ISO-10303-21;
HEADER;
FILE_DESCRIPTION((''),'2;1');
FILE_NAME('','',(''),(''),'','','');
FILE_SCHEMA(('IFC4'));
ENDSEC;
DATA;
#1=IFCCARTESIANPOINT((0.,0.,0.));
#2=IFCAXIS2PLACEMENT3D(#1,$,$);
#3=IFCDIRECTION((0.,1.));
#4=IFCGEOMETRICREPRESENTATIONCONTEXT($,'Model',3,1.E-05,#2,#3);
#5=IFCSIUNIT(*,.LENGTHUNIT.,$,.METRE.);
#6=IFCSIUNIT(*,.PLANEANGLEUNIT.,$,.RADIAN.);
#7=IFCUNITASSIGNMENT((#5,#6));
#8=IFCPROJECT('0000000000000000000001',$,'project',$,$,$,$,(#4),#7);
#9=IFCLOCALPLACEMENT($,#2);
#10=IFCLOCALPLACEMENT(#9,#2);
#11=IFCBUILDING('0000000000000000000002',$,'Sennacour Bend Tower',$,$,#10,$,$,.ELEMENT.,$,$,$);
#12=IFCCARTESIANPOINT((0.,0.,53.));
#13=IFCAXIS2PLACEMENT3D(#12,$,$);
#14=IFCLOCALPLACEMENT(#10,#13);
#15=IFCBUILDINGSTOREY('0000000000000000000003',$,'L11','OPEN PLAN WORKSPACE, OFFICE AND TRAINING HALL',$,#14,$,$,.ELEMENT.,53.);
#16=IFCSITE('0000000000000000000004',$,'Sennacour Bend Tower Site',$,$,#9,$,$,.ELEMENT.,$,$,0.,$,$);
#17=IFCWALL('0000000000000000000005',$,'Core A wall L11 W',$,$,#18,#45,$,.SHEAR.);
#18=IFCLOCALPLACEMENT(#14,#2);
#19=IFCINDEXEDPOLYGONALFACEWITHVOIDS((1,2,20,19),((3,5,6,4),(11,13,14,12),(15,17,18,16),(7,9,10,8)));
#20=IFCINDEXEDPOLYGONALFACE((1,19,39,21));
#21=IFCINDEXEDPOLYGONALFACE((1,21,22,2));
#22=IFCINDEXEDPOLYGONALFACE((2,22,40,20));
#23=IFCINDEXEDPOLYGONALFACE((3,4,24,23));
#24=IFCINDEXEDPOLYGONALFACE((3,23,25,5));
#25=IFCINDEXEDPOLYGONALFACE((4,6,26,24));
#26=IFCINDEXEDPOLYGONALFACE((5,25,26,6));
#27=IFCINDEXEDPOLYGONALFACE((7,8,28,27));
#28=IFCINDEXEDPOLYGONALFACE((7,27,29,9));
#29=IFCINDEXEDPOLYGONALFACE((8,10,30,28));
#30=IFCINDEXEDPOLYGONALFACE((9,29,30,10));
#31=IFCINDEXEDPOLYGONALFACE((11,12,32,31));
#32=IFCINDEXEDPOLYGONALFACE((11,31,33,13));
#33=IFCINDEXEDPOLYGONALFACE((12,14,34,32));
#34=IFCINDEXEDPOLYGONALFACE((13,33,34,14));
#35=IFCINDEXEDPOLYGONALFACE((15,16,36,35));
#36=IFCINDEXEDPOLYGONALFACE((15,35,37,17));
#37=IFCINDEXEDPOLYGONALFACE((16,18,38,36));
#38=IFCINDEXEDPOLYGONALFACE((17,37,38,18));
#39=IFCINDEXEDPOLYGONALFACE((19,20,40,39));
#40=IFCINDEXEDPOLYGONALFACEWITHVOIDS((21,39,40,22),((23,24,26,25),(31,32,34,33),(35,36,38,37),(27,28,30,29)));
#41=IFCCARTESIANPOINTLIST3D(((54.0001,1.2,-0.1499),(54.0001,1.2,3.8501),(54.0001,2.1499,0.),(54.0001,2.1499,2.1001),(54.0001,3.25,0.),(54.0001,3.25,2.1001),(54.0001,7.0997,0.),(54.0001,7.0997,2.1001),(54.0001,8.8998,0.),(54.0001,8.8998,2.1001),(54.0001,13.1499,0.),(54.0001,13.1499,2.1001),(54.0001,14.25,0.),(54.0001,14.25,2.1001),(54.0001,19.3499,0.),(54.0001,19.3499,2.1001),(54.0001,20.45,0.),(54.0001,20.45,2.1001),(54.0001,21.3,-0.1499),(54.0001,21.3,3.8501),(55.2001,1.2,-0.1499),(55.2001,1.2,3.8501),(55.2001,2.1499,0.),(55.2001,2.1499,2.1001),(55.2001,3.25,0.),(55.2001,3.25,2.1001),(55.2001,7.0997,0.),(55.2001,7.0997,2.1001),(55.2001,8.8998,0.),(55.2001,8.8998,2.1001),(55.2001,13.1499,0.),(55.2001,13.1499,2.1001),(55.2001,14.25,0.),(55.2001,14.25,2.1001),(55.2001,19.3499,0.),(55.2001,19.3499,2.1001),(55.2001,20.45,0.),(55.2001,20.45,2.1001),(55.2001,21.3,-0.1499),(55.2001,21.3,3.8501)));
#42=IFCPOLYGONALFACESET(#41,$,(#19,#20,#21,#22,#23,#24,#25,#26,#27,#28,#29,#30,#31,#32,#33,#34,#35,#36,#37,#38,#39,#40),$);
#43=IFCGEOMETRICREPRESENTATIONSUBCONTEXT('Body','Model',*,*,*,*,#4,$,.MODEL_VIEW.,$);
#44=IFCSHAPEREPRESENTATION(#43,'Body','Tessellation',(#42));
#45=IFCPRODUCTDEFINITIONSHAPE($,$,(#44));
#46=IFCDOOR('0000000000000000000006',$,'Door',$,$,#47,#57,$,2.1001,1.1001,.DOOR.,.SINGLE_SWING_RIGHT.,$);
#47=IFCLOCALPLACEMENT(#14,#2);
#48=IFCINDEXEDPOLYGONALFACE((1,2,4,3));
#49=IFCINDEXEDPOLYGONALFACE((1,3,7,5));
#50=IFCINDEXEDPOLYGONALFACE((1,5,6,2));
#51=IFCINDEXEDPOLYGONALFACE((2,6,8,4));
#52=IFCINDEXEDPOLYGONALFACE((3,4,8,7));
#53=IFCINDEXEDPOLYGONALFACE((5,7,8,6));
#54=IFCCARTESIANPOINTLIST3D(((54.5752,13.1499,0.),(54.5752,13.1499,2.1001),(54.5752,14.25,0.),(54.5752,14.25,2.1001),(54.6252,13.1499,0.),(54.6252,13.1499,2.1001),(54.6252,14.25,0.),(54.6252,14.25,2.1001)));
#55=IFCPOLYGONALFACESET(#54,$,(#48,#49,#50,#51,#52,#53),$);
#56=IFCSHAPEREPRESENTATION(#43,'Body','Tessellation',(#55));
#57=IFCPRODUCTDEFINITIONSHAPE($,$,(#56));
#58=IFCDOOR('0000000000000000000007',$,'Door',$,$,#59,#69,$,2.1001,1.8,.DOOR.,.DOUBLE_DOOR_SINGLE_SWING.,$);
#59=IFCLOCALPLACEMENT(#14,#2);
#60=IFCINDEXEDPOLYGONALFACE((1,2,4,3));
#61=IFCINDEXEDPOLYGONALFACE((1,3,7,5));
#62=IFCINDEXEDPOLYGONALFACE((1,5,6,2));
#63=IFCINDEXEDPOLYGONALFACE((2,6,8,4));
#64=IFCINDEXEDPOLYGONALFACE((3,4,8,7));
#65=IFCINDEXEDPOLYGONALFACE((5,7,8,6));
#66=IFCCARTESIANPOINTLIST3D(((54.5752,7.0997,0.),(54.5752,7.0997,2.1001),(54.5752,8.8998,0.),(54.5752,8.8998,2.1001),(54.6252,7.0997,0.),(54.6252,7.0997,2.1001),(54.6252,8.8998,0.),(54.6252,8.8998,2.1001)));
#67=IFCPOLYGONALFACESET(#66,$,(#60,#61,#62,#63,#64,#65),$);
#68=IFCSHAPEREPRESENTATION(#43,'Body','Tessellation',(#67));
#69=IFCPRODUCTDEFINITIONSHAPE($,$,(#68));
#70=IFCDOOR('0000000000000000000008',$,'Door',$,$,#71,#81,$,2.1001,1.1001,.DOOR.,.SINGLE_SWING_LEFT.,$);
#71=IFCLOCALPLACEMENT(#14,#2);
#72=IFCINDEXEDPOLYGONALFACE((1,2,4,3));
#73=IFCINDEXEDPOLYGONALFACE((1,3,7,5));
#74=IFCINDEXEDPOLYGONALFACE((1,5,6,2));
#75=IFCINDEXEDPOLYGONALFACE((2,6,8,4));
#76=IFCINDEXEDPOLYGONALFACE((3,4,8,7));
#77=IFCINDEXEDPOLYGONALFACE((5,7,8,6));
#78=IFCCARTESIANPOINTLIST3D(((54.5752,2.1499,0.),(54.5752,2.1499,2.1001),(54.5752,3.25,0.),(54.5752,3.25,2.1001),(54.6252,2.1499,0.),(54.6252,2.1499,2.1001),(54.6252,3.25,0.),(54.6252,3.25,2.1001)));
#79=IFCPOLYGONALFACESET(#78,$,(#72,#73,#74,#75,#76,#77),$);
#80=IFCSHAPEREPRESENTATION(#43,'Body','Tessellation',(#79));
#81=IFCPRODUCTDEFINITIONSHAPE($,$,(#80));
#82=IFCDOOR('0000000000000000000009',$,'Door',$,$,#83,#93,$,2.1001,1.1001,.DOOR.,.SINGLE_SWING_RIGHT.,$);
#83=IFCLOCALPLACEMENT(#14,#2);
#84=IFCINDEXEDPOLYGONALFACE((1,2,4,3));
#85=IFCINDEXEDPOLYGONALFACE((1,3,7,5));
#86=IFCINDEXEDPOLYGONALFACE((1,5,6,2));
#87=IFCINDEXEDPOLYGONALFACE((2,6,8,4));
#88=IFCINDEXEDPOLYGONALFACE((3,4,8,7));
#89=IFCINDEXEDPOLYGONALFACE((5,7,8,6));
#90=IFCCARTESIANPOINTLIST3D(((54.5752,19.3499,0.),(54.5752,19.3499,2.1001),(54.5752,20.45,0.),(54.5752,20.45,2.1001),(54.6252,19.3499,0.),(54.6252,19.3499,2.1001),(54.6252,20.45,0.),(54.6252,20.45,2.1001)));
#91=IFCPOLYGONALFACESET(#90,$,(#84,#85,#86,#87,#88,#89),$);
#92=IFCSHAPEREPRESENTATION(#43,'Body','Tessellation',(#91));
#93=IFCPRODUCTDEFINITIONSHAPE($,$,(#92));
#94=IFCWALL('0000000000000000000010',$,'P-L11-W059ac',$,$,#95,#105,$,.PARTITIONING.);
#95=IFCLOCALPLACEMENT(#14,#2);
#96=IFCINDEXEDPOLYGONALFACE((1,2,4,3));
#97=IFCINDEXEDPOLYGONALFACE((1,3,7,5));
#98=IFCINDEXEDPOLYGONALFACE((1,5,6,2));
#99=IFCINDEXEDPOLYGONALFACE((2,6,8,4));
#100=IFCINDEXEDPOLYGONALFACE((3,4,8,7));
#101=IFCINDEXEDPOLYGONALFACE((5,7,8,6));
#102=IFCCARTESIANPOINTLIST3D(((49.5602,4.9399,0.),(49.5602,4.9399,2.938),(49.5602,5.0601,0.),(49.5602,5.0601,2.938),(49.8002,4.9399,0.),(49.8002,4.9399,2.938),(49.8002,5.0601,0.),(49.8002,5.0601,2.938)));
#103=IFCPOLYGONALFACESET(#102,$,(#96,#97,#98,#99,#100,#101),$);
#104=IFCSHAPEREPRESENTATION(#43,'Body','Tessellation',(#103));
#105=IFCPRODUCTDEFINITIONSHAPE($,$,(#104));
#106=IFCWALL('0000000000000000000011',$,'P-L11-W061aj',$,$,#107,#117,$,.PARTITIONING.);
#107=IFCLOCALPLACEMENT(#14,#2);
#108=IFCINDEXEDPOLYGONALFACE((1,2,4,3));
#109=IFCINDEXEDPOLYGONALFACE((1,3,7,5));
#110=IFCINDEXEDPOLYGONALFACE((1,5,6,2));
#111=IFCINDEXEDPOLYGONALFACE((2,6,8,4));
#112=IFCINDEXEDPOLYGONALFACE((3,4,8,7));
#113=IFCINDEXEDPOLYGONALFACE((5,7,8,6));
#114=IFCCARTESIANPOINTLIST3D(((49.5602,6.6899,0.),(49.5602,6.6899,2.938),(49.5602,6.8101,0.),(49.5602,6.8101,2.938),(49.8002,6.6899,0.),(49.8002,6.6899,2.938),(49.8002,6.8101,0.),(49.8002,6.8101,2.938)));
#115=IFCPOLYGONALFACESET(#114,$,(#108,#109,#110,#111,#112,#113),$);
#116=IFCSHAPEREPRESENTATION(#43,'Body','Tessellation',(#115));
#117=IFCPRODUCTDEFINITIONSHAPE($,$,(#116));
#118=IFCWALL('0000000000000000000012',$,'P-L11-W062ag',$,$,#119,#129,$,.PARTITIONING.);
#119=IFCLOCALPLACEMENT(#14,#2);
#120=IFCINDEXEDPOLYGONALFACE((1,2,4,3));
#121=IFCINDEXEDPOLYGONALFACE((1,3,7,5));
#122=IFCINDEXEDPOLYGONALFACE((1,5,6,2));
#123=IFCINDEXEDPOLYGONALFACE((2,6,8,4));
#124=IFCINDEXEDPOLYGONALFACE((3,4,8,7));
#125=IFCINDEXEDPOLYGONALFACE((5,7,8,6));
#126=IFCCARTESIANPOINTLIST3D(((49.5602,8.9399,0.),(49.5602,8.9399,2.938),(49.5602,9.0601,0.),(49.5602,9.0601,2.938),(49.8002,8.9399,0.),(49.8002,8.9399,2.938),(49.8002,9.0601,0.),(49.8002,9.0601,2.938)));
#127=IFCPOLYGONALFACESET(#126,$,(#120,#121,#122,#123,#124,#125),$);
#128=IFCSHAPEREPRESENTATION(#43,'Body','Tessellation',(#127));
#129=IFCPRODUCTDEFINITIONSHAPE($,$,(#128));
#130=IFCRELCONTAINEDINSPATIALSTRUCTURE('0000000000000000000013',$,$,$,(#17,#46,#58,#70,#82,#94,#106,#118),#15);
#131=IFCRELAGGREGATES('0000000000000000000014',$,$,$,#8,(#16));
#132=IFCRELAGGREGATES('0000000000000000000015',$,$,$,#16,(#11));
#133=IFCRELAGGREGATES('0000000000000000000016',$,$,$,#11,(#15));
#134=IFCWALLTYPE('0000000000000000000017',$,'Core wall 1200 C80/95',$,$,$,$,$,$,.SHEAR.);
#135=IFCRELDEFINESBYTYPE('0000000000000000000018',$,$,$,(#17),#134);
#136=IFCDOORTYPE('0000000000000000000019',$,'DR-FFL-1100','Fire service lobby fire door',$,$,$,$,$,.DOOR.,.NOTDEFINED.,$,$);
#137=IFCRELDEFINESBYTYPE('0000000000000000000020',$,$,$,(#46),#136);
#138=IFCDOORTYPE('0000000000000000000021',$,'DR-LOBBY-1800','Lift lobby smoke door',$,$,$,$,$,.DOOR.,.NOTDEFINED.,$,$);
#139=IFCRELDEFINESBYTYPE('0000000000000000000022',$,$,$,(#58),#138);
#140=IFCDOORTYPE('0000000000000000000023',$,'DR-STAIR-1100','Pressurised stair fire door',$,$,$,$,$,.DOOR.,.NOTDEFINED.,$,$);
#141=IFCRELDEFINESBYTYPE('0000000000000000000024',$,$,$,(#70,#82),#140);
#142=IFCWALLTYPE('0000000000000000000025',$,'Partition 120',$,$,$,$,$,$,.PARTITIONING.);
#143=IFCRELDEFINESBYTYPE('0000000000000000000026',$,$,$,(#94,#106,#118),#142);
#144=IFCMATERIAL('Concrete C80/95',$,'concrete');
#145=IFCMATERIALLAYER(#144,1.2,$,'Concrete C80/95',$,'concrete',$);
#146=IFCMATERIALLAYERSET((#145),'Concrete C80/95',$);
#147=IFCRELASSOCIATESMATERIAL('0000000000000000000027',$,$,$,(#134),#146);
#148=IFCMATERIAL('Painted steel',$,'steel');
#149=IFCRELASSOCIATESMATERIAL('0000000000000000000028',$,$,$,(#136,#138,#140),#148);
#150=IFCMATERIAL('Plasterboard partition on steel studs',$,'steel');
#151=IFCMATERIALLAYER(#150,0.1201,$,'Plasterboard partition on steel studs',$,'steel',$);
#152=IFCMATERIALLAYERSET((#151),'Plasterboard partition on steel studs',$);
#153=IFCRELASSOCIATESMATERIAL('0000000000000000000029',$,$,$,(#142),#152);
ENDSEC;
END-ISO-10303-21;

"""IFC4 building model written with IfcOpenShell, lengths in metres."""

from ifc_helpers import new_model, si_unit, direction, frame, frame_2d, origin, place, context, subcontext, project, spatial, rectangle, extrude, material, layer, layer_set, type_object, element, fill, save


model = new_model("IFC4")

# Units and contexts
model_context = context("Model", 3, precision=1e-05, world=origin(), true_north=direction((0.0, 1.0)))
body_context = subcontext(model_context, "Body", "Model", "MODEL_VIEW")
ifc_project = project(units=[si_unit("LENGTHUNIT", "METRE"), si_unit("PLANEANGLEUNIT", "RADIAN")], contexts=[model_context])

# Site, building, storey
site_placement = place(None, origin())
site = spatial("IfcSite", under=ifc_project, at=site_placement, Name="Sennacour Bend Tower Site", CompositionType="ELEMENT", RefElevation=0.0)
building_placement = place(site_placement, origin())
building = spatial("IfcBuilding", under=site, at=building_placement, Name="Sennacour Bend Tower", CompositionType="ELEMENT")
storey_placement = place(building_placement, frame((0.0, 0.0, 53.0)))
storey = spatial("IfcBuildingStorey", under=building, at=storey_placement, Name="L11", Description="OPEN PLAN WORKSPACE, OFFICE AND TRAINING HALL", CompositionType="ELEMENT", Elevation=53.0)

# Wall, openings, doors
ifc_material_1 = material(Name="Concrete C80/95", Category="concrete")
ifc_layer_1 = layer(ifc_material_1, 1.2, Name="Concrete C80/95", Category="concrete")
ifc_layer_set_1 = layer_set([ifc_layer_1], Name="Concrete C80/95")
wall_type_1 = type_object("IfcWallType", Name="Core wall 1200 C80/95", PredefinedType="SHEAR", material=ifc_layer_set_1)
wall_1_placement = place(storey_placement, frame((54.6001, 1.2, -0.1499), z_axis=(0.0, 0.0, 1.0), x_axis=(0.0, 1.0, 0.0)))
wall_1 = element("IfcWall", 1, at=wall_1_placement, inside=storey, type_object=wall_type_1, Name="Core A wall L11 W", PredefinedType="SHEAR", context=body_context, shape_type="SweptSolid", body=[
    extrude(rectangle(XDim=20.1001, YDim=1.2, at=frame_2d((10.05, 0.0))), origin(), (0.0, 0.0, 1.0), 4.0),
])
opening_1_placement = place(wall_1_placement, frame((5.8999, 0.0, 0.1499)))
opening_1 = element("IfcOpeningElement", 2, at=opening_1_placement, cuts=wall_1, PredefinedType="OPENING", context=body_context, shape_type="SweptSolid", body=[
    extrude(rectangle(XDim=1.8, YDim=2.1001, at=frame_2d((0.8999, 1.05))), frame((0.0, 0.6099, 0.0), z_axis=(0.0, -1.0, 0.0), x_axis=(1.0, 0.0, 0.0)), (0.0, 0.0, 1.0), 1.22),
])
opening_2_placement = place(wall_1_placement, frame((11.95, 0.0, 0.1499)))
opening_2 = element("IfcOpeningElement", 3, at=opening_2_placement, cuts=wall_1, PredefinedType="OPENING", context=body_context, shape_type="SweptSolid", body=[
    extrude(rectangle(XDim=1.1001, YDim=2.1001, at=frame_2d((0.55, 1.05))), frame((0.0, 0.6099, 0.0), z_axis=(0.0, -1.0, 0.0), x_axis=(1.0, 0.0, 0.0)), (0.0, 0.0, 1.0), 1.22),
])
opening_3_placement = place(wall_1_placement, frame((0.95, 0.0, 0.1499)))
opening_3 = element("IfcOpeningElement", 4, at=opening_3_placement, cuts=wall_1, PredefinedType="OPENING", context=body_context, shape_type="SweptSolid", body=[
    extrude(rectangle(XDim=1.1001, YDim=2.1001, at=frame_2d((0.55, 1.05))), frame((0.0, 0.6099, 0.0), z_axis=(0.0, -1.0, 0.0), x_axis=(1.0, 0.0, 0.0)), (0.0, 0.0, 1.0), 1.22),
])
opening_4_placement = place(wall_1_placement, frame((18.1499, 0.0, 0.1499)))
opening_4 = element("IfcOpeningElement", 5, at=opening_4_placement, cuts=wall_1, PredefinedType="OPENING", context=body_context, shape_type="SweptSolid", body=[
    extrude(rectangle(XDim=1.1001, YDim=2.1001, at=frame_2d((0.55, 1.05))), frame((0.0, 0.6099, 0.0), z_axis=(0.0, -1.0, 0.0), x_axis=(1.0, 0.0, 0.0)), (0.0, 0.0, 1.0), 1.22),
])
ifc_material_2 = material(Name="Painted steel", Category="steel")
door_type_1 = type_object("IfcDoorType", Name="DR-FFL-1100", Description="Fire service lobby fire door", OperationType="NOTDEFINED", PredefinedType="DOOR", material=ifc_material_2)
door_1_placement = place(opening_2_placement, origin())
door_1 = element("IfcDoor", 6, at=door_1_placement, inside=storey, type_object=door_type_1, Name="Door", OperationType="SINGLE_SWING_RIGHT", OverallHeight=2.1001, OverallWidth=1.1001, PredefinedType="DOOR", context=body_context, shape_type="SweptSolid", body=[
    extrude(rectangle(XDim=1.1001, YDim=2.1001, at=frame_2d((0.55, 1.05))), frame((0.0, 0.0249, 0.0), z_axis=(0.0, -1.0, 0.0), x_axis=(1.0, 0.0, 0.0)), (0.0, 0.0, 1.0), 0.05),
])
fill(opening_2, door_1)
door_type_2 = type_object("IfcDoorType", Name="DR-LOBBY-1800", Description="Lift lobby smoke door", OperationType="NOTDEFINED", PredefinedType="DOOR", material=ifc_material_2)
door_2_placement = place(opening_1_placement, origin())
door_2 = element("IfcDoor", 7, at=door_2_placement, inside=storey, type_object=door_type_2, Name="Door", OperationType="DOUBLE_DOOR_SINGLE_SWING", OverallHeight=2.1001, OverallWidth=1.8, PredefinedType="DOOR", context=body_context, shape_type="SweptSolid", body=[
    extrude(rectangle(XDim=1.8, YDim=2.1001, at=frame_2d((0.8999, 1.05))), frame((0.0, 0.0249, 0.0), z_axis=(0.0, -1.0, 0.0), x_axis=(1.0, 0.0, 0.0)), (0.0, 0.0, 1.0), 0.05),
])
fill(opening_1, door_2)
door_type_3 = type_object("IfcDoorType", Name="DR-STAIR-1100", Description="Pressurised stair fire door", OperationType="NOTDEFINED", PredefinedType="DOOR", material=ifc_material_2)
door_3_placement = place(opening_3_placement, origin())
door_3 = element("IfcDoor", 8, at=door_3_placement, inside=storey, type_object=door_type_3, Name="Door", OperationType="SINGLE_SWING_LEFT", OverallHeight=2.1001, OverallWidth=1.1001, PredefinedType="DOOR", context=body_context, shape_type="SweptSolid", body=[
    extrude(rectangle(XDim=1.1001, YDim=2.1001, at=frame_2d((0.55, 1.05))), frame((0.0, 0.0249, 0.0), z_axis=(0.0, -1.0, 0.0), x_axis=(1.0, 0.0, 0.0)), (0.0, 0.0, 1.0), 0.05),
])
fill(opening_3, door_3)
door_4_placement = place(opening_4_placement, origin())
door_4 = element("IfcDoor", 9, at=door_4_placement, inside=storey, type_object=door_type_3, Name="Door", OperationType="SINGLE_SWING_RIGHT", OverallHeight=2.1001, OverallWidth=1.1001, PredefinedType="DOOR", context=body_context, shape_type="SweptSolid", body=[
    extrude(rectangle(XDim=1.1001, YDim=2.1001, at=frame_2d((0.55, 1.05))), frame((0.0, 0.0249, 0.0), z_axis=(0.0, -1.0, 0.0), x_axis=(1.0, 0.0, 0.0)), (0.0, 0.0, 1.0), 0.05),
])
fill(opening_4, door_4)

# Walls
ifc_material_3 = material(Name="Plasterboard partition on steel studs", Category="steel")
ifc_layer_2 = layer(ifc_material_3, 0.1201, Name="Plasterboard partition on steel studs", Category="steel")
ifc_layer_set_2 = layer_set([ifc_layer_2], Name="Plasterboard partition on steel studs")
wall_type_2 = type_object("IfcWallType", Name="Partition 120", PredefinedType="PARTITIONING", material=ifc_layer_set_2)
for number, where, z_axis, x_axis, name in (
    (10, (49.5601, 5.0, 0.0), (0.0, 0.0, 1.0), (1.0, 0.0, 0.0), "P-L11-W059ac"),
    (11, (49.5601, 6.75, 0.0), (0.0, 0.0, 1.0), (1.0, 0.0, 0.0), "P-L11-W061aj"),
    (12, (49.5601, 9.0, 0.0), (0.0, 0.0, 1.0), (1.0, 0.0, 0.0), "P-L11-W062ag"),
):
    element("IfcWall", number, at=place(storey_placement, frame(where, z_axis=z_axis, x_axis=x_axis)), inside=storey, type_object=wall_type_2, Name=name, PredefinedType="PARTITIONING", context=body_context, shape_type="SweptSolid", body=[
        extrude(rectangle(XDim=0.24, YDim=0.1201, at=frame_2d((0.1201, 0.0))), origin(), (0.0, 0.0, 1.0), 2.938),
    ])

save(model, "model.ifc")
